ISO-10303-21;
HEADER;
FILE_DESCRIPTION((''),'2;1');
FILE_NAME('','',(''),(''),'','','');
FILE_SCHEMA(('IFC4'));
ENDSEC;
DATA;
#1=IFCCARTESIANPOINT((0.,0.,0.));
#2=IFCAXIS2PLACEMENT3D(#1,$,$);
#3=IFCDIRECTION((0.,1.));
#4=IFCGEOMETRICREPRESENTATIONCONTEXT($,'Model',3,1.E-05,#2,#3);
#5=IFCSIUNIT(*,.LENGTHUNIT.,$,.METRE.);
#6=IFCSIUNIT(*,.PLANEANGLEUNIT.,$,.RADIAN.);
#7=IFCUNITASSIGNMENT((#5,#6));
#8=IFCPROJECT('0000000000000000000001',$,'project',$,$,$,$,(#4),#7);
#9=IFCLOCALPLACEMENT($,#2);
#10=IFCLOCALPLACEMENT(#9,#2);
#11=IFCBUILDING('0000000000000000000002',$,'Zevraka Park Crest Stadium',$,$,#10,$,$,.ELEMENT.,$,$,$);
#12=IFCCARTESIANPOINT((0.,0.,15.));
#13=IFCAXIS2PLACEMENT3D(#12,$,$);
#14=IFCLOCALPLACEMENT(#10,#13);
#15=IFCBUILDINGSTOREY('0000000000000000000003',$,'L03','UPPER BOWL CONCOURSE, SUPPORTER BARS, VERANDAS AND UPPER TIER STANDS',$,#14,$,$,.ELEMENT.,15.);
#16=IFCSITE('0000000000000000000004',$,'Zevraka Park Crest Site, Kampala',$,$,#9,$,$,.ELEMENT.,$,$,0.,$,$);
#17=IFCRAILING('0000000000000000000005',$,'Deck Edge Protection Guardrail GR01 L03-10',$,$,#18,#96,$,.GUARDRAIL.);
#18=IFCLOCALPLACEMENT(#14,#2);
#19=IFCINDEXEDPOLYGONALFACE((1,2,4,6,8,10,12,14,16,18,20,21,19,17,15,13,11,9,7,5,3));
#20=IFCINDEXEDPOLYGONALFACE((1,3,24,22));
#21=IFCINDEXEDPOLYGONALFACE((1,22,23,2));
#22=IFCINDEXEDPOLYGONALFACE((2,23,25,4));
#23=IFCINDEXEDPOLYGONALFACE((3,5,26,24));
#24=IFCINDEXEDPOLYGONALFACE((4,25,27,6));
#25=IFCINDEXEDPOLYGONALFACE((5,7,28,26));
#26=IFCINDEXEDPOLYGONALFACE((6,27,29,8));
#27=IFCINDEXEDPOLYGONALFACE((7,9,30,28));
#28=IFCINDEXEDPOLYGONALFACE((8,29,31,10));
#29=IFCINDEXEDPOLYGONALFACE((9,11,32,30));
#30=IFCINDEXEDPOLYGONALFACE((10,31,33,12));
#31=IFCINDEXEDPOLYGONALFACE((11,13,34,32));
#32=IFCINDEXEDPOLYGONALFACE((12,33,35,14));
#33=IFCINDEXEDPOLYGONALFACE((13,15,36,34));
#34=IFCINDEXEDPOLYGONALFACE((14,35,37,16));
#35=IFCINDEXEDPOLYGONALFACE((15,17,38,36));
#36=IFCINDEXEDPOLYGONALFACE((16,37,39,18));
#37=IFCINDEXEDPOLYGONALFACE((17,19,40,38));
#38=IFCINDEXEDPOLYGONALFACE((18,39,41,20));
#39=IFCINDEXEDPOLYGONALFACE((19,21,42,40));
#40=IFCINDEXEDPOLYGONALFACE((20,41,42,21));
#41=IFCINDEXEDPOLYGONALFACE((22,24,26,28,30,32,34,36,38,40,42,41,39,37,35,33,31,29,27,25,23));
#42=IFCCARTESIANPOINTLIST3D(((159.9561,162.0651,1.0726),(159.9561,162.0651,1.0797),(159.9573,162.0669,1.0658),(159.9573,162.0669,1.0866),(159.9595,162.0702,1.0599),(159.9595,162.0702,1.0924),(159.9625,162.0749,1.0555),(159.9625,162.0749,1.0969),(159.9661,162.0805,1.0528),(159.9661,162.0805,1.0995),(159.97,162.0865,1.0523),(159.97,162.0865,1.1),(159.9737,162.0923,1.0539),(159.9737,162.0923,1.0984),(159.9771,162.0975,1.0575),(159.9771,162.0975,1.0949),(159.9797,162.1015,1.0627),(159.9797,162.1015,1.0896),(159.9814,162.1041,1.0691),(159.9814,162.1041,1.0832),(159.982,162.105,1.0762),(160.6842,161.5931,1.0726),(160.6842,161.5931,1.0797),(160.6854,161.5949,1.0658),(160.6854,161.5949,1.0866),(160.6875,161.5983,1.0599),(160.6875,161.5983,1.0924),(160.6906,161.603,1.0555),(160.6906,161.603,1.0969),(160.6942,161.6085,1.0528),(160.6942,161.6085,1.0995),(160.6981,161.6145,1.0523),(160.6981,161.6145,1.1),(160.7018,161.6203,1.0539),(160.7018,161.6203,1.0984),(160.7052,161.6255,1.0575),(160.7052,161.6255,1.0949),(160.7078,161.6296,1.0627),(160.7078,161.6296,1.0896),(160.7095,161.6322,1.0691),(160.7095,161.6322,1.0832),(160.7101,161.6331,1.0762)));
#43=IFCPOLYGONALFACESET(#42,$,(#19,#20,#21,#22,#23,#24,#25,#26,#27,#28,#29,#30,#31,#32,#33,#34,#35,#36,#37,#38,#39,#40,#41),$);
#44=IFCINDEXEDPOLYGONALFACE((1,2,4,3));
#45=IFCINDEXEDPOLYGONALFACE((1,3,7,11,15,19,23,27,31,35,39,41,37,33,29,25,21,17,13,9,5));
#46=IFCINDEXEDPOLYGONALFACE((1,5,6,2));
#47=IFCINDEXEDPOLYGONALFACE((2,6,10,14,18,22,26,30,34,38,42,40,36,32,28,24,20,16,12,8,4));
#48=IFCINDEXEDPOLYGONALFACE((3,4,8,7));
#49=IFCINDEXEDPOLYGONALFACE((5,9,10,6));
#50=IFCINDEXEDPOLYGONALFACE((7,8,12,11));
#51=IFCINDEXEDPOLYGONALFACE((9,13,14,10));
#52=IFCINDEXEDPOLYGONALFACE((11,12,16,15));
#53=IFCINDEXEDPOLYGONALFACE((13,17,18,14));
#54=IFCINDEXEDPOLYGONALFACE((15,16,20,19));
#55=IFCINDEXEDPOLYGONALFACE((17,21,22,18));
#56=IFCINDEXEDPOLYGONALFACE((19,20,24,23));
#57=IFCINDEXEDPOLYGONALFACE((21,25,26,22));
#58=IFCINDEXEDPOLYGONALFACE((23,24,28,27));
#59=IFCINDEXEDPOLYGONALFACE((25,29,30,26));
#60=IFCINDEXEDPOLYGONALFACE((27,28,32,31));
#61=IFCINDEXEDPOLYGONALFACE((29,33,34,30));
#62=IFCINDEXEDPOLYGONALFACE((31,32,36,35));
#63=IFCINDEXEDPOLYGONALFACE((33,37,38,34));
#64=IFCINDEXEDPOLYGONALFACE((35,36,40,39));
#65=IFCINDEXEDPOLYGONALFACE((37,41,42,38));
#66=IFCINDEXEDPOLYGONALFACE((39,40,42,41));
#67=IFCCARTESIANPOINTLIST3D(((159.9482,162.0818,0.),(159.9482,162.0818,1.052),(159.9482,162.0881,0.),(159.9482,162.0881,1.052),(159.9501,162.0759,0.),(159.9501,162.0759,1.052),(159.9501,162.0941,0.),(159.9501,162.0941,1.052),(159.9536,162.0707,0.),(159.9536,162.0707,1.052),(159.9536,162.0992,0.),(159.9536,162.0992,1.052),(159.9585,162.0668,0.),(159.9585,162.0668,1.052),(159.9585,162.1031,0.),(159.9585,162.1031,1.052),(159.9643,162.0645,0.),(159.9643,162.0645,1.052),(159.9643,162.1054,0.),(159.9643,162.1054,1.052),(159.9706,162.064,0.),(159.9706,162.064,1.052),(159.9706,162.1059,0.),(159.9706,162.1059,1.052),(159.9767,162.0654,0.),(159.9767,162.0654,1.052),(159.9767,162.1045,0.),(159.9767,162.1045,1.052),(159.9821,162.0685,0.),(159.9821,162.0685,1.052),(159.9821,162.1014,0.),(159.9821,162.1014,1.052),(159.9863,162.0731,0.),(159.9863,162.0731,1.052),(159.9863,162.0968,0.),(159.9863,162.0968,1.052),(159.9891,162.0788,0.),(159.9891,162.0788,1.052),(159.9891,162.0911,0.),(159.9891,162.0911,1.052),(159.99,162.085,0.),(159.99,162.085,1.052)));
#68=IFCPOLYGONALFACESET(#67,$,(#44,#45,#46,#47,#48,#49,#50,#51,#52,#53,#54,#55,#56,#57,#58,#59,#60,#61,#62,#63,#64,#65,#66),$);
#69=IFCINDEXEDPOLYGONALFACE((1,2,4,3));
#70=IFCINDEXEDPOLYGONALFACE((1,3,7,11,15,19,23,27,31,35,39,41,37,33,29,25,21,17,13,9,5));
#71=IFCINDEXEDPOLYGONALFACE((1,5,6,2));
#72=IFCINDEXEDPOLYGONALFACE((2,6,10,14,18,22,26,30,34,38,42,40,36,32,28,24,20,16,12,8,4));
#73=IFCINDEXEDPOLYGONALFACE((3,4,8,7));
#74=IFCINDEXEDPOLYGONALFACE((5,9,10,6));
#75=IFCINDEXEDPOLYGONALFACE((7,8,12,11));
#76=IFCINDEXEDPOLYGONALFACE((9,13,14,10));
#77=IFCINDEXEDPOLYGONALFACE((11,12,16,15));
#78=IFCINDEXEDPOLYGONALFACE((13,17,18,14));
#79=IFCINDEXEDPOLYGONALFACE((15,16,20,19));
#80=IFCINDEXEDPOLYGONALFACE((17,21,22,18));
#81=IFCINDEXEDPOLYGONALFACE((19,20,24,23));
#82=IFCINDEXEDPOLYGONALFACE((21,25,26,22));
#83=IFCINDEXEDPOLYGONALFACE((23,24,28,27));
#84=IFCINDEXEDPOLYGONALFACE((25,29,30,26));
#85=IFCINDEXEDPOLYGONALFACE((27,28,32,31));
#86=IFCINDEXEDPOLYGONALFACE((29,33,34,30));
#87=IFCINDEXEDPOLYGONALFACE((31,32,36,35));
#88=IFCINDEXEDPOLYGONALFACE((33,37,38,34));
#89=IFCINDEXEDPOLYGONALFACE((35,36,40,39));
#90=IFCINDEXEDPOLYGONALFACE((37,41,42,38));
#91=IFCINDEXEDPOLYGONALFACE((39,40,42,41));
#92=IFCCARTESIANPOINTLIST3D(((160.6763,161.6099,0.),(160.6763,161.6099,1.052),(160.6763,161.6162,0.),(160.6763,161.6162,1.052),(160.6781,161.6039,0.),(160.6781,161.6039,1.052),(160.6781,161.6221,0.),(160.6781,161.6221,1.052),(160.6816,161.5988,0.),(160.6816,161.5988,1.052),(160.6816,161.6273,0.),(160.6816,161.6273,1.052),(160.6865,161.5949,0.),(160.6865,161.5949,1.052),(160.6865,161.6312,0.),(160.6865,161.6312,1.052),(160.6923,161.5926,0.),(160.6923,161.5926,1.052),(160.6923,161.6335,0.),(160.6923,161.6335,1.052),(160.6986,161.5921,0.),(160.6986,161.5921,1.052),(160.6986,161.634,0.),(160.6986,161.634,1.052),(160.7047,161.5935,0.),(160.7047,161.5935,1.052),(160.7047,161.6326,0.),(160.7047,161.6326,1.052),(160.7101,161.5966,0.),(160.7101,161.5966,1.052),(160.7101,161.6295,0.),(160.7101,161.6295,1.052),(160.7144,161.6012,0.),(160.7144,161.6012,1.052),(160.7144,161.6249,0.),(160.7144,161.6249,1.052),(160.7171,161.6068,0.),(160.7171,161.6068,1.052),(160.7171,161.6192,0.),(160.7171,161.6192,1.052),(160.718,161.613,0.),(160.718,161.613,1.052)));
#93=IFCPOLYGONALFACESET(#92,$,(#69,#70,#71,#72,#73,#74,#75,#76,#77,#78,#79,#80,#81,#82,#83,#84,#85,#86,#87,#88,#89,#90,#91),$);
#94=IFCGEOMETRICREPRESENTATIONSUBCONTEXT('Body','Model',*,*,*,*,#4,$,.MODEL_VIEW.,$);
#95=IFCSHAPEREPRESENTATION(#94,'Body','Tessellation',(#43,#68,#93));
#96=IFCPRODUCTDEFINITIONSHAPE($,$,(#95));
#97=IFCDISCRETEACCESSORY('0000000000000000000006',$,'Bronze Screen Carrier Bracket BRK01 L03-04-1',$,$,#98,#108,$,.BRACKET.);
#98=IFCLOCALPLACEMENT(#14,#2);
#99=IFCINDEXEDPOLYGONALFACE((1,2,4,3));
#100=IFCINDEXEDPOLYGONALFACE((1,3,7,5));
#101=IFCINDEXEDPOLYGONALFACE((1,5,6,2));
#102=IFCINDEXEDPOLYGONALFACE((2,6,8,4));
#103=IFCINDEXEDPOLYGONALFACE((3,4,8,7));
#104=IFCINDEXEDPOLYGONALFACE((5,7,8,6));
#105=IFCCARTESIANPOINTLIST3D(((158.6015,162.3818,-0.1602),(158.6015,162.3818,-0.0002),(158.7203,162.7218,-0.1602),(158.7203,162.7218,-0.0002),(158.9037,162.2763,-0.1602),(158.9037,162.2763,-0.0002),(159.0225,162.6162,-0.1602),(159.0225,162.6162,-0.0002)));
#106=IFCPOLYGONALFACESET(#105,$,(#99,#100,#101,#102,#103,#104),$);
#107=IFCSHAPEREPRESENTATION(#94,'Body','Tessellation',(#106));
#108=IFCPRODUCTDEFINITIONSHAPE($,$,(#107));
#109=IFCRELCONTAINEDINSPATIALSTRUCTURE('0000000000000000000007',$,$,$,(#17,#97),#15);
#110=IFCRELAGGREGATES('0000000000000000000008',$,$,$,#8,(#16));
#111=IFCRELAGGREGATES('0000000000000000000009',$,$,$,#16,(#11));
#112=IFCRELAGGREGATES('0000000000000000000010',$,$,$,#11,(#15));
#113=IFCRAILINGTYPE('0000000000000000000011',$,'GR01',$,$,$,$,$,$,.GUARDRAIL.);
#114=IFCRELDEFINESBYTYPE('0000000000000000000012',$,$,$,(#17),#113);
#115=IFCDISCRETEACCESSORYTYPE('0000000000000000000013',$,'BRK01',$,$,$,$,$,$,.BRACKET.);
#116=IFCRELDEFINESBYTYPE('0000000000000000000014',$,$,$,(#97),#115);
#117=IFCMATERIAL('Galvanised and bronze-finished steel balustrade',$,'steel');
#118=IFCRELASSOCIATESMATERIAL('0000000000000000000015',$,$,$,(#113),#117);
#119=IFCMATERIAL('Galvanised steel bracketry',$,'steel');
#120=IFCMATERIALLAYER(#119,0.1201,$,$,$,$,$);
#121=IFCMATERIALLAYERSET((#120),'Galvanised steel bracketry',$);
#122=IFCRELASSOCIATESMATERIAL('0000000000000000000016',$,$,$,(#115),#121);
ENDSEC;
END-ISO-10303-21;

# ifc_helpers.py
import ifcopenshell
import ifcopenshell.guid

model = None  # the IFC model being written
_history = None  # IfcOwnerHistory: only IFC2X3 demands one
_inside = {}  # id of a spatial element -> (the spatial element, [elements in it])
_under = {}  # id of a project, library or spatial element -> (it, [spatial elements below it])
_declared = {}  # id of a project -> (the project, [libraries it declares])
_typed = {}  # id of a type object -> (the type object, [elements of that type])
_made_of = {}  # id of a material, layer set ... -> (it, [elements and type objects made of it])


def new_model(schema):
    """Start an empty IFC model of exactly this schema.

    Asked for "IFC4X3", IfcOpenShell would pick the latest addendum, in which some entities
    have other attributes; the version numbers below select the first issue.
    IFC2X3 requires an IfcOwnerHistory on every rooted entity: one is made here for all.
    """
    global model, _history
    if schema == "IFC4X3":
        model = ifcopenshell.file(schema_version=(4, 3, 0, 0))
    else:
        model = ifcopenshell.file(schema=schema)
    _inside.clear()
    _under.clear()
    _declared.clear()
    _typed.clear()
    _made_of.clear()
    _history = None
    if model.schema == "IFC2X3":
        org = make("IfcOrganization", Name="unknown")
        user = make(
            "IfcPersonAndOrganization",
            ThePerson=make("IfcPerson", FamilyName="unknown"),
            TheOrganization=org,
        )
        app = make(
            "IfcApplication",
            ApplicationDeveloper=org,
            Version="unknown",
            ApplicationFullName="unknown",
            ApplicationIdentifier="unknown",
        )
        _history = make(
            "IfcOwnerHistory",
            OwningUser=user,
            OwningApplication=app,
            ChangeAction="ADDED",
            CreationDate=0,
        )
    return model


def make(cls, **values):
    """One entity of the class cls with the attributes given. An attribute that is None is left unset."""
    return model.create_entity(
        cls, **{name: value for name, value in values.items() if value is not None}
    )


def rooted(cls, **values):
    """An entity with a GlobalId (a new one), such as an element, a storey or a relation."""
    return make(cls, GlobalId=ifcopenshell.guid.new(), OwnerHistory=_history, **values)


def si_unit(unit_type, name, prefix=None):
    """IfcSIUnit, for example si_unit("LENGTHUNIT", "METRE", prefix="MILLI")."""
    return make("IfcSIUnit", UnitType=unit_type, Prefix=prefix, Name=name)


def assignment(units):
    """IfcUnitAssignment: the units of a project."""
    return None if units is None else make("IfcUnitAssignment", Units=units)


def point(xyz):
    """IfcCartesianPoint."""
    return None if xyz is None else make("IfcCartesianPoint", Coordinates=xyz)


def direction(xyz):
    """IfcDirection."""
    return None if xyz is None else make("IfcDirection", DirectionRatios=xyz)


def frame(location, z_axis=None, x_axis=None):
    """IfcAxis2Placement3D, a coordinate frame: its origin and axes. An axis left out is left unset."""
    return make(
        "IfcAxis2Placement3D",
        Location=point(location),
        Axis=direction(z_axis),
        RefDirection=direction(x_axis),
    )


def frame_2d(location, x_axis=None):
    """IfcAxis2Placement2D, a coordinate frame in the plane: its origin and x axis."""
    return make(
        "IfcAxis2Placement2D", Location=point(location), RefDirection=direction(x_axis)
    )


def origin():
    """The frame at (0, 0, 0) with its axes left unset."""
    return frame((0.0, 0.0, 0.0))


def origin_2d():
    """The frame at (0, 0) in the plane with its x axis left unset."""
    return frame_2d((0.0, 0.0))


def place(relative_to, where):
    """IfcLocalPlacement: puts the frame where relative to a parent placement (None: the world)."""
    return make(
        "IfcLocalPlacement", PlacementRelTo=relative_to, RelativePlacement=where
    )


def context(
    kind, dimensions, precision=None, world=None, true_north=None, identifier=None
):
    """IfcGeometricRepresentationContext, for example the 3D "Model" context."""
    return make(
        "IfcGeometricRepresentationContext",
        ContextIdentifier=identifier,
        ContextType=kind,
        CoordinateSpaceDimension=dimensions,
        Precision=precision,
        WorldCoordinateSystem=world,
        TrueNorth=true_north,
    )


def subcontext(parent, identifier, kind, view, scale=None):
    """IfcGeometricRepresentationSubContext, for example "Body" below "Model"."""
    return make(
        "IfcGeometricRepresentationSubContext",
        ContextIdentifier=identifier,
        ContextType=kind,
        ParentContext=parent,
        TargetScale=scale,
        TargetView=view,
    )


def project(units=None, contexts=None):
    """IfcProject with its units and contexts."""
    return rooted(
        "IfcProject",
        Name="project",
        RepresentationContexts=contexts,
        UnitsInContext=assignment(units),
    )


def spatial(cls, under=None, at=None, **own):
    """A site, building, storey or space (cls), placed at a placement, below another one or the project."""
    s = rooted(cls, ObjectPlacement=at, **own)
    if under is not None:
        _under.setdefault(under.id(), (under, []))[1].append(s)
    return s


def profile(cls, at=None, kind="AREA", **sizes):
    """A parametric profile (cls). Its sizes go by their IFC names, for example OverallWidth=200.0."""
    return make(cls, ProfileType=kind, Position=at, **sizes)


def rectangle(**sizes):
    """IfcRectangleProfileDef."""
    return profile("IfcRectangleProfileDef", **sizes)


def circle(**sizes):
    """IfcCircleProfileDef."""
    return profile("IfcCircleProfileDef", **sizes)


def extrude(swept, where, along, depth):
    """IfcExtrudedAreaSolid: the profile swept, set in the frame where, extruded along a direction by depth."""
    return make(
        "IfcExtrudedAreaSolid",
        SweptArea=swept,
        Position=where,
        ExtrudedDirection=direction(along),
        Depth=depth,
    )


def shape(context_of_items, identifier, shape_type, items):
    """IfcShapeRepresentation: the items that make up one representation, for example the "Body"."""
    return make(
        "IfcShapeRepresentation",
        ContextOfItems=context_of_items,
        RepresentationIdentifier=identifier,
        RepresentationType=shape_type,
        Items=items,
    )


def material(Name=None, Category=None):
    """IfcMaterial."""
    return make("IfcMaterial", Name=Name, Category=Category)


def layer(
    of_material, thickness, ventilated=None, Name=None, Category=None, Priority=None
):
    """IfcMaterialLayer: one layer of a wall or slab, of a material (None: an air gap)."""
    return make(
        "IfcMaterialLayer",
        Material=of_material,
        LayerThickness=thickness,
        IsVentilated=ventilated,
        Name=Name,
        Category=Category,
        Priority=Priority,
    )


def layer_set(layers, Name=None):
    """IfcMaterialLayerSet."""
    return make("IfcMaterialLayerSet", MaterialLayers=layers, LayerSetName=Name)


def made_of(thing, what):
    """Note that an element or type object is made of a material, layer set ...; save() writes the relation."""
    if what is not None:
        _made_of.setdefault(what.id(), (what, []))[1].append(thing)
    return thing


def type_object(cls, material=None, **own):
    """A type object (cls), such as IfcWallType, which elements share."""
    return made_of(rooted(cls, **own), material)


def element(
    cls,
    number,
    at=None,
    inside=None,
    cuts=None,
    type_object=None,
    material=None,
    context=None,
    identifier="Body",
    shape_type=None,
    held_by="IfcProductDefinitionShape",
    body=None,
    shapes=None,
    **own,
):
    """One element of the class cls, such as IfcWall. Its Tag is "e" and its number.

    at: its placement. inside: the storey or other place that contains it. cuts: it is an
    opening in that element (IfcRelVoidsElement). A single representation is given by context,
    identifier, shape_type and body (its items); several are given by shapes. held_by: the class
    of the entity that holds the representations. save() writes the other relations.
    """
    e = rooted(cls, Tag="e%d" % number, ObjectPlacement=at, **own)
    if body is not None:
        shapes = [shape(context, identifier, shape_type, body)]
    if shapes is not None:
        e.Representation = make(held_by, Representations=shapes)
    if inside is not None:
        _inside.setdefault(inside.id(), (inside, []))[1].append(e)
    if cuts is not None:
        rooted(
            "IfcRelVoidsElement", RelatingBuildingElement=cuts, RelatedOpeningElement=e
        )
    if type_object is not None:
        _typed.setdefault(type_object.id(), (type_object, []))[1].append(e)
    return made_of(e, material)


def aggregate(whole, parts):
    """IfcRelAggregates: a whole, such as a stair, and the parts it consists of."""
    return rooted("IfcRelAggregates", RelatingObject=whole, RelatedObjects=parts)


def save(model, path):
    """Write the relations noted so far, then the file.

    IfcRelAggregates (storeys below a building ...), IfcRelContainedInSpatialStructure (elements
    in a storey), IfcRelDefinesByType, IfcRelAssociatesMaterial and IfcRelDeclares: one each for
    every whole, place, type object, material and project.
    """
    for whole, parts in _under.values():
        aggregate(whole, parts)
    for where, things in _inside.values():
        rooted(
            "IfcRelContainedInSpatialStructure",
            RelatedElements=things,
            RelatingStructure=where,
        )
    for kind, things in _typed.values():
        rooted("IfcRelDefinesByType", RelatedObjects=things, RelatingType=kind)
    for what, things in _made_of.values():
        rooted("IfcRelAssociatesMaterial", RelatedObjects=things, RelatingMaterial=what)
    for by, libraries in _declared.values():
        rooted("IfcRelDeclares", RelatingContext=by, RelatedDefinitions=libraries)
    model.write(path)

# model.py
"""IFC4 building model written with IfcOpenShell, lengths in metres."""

from ifc_helpers import new_model, si_unit, direction, frame, origin, origin_2d, place, context, subcontext, project, spatial, rectangle, circle, extrude, material, layer, layer_set, type_object, element, save


model = new_model("IFC4")

# Units and contexts
model_context = context("Model", 3, precision=1e-05, world=origin(), true_north=direction((0.0, 1.0)))
body_context = subcontext(model_context, "Body", "Model", "MODEL_VIEW")
ifc_project = project(units=[si_unit("LENGTHUNIT", "METRE"), si_unit("PLANEANGLEUNIT", "RADIAN")], contexts=[model_context])

# Site, building, storey
site_placement = place(None, origin())
site = spatial("IfcSite", under=ifc_project, at=site_placement, Name="Zevraka Park Crest Site, Kampala", CompositionType="ELEMENT", RefElevation=0.0)
building_placement = place(site_placement, origin())
building = spatial("IfcBuilding", under=site, at=building_placement, Name="Zevraka Park Crest Stadium", CompositionType="ELEMENT")
storey_placement = place(building_placement, frame((0.0, 0.0, 15.0)))
storey = spatial("IfcBuildingStorey", under=building, at=storey_placement, Name="L03", Description="UPPER BOWL CONCOURSE, SUPPORTER BARS, VERANDAS AND UPPER TIER STANDS", CompositionType="ELEMENT", Elevation=15.0)

# Railing
ifc_material_1 = material(Name="Galvanised and bronze-finished steel balustrade", Category="steel")
railing_type = type_object("IfcRailingType", Name="GR01", PredefinedType="GUARDRAIL", material=ifc_material_1)
railing_placement = place(storey_placement, frame((159.969, 162.085, 0.0)))
element("IfcRailing", 1, at=railing_placement, inside=storey, type_object=railing_type, Name="Deck Edge Protection Guardrail GR01 L03-10", PredefinedType="GUARDRAIL", context=body_context, shape_type="SweptSolid", body=[
    extrude(circle(Radius=0.0239, at=origin_2d()), frame((0.0, 0.0, 1.0762), z_axis=(0.839124, -0.543939, 0.0), x_axis=(0.543939, 0.839124, 0.0)), (0.0, 0.0, 1.0), 0.8677),
    extrude(circle(Radius=0.021, at=origin_2d()), origin(), (0.0, 0.0, 1.0), 1.052),
    extrude(circle(Radius=0.021, at=origin_2d()), frame((0.728, -0.4719, 0.0)), (0.0, 0.0, 1.0), 1.052),
])

# Discrete accessory
ifc_material_2 = material(Name="Galvanised steel bracketry", Category="steel")
ifc_layer_1 = layer(ifc_material_2, 0.1201)
ifc_layer_set_1 = layer_set([ifc_layer_1], Name="Galvanised steel bracketry")
discrete_accessory_type = type_object("IfcDiscreteAccessoryType", Name="BRK01", PredefinedType="BRACKET", material=ifc_layer_set_1)
discrete_accessory_placement = place(storey_placement, frame((158.812, 162.499, -0.1602), z_axis=(0.0, 0.0, 1.0), x_axis=(-0.944031, 0.329855, 0.0)))
element("IfcDiscreteAccessory", 2, at=discrete_accessory_placement, inside=storey, type_object=discrete_accessory_type, Name="Bronze Screen Carrier Bracket BRK01 L03-04-1", PredefinedType="BRACKET", context=body_context, shape_type="SweptSolid", body=[
    extrude(rectangle(XDim=0.3201, YDim=0.3601, at=origin_2d()), origin(), (0.0, 0.0, 1.0), 0.1599),
])

save(model, "model.ifc")
